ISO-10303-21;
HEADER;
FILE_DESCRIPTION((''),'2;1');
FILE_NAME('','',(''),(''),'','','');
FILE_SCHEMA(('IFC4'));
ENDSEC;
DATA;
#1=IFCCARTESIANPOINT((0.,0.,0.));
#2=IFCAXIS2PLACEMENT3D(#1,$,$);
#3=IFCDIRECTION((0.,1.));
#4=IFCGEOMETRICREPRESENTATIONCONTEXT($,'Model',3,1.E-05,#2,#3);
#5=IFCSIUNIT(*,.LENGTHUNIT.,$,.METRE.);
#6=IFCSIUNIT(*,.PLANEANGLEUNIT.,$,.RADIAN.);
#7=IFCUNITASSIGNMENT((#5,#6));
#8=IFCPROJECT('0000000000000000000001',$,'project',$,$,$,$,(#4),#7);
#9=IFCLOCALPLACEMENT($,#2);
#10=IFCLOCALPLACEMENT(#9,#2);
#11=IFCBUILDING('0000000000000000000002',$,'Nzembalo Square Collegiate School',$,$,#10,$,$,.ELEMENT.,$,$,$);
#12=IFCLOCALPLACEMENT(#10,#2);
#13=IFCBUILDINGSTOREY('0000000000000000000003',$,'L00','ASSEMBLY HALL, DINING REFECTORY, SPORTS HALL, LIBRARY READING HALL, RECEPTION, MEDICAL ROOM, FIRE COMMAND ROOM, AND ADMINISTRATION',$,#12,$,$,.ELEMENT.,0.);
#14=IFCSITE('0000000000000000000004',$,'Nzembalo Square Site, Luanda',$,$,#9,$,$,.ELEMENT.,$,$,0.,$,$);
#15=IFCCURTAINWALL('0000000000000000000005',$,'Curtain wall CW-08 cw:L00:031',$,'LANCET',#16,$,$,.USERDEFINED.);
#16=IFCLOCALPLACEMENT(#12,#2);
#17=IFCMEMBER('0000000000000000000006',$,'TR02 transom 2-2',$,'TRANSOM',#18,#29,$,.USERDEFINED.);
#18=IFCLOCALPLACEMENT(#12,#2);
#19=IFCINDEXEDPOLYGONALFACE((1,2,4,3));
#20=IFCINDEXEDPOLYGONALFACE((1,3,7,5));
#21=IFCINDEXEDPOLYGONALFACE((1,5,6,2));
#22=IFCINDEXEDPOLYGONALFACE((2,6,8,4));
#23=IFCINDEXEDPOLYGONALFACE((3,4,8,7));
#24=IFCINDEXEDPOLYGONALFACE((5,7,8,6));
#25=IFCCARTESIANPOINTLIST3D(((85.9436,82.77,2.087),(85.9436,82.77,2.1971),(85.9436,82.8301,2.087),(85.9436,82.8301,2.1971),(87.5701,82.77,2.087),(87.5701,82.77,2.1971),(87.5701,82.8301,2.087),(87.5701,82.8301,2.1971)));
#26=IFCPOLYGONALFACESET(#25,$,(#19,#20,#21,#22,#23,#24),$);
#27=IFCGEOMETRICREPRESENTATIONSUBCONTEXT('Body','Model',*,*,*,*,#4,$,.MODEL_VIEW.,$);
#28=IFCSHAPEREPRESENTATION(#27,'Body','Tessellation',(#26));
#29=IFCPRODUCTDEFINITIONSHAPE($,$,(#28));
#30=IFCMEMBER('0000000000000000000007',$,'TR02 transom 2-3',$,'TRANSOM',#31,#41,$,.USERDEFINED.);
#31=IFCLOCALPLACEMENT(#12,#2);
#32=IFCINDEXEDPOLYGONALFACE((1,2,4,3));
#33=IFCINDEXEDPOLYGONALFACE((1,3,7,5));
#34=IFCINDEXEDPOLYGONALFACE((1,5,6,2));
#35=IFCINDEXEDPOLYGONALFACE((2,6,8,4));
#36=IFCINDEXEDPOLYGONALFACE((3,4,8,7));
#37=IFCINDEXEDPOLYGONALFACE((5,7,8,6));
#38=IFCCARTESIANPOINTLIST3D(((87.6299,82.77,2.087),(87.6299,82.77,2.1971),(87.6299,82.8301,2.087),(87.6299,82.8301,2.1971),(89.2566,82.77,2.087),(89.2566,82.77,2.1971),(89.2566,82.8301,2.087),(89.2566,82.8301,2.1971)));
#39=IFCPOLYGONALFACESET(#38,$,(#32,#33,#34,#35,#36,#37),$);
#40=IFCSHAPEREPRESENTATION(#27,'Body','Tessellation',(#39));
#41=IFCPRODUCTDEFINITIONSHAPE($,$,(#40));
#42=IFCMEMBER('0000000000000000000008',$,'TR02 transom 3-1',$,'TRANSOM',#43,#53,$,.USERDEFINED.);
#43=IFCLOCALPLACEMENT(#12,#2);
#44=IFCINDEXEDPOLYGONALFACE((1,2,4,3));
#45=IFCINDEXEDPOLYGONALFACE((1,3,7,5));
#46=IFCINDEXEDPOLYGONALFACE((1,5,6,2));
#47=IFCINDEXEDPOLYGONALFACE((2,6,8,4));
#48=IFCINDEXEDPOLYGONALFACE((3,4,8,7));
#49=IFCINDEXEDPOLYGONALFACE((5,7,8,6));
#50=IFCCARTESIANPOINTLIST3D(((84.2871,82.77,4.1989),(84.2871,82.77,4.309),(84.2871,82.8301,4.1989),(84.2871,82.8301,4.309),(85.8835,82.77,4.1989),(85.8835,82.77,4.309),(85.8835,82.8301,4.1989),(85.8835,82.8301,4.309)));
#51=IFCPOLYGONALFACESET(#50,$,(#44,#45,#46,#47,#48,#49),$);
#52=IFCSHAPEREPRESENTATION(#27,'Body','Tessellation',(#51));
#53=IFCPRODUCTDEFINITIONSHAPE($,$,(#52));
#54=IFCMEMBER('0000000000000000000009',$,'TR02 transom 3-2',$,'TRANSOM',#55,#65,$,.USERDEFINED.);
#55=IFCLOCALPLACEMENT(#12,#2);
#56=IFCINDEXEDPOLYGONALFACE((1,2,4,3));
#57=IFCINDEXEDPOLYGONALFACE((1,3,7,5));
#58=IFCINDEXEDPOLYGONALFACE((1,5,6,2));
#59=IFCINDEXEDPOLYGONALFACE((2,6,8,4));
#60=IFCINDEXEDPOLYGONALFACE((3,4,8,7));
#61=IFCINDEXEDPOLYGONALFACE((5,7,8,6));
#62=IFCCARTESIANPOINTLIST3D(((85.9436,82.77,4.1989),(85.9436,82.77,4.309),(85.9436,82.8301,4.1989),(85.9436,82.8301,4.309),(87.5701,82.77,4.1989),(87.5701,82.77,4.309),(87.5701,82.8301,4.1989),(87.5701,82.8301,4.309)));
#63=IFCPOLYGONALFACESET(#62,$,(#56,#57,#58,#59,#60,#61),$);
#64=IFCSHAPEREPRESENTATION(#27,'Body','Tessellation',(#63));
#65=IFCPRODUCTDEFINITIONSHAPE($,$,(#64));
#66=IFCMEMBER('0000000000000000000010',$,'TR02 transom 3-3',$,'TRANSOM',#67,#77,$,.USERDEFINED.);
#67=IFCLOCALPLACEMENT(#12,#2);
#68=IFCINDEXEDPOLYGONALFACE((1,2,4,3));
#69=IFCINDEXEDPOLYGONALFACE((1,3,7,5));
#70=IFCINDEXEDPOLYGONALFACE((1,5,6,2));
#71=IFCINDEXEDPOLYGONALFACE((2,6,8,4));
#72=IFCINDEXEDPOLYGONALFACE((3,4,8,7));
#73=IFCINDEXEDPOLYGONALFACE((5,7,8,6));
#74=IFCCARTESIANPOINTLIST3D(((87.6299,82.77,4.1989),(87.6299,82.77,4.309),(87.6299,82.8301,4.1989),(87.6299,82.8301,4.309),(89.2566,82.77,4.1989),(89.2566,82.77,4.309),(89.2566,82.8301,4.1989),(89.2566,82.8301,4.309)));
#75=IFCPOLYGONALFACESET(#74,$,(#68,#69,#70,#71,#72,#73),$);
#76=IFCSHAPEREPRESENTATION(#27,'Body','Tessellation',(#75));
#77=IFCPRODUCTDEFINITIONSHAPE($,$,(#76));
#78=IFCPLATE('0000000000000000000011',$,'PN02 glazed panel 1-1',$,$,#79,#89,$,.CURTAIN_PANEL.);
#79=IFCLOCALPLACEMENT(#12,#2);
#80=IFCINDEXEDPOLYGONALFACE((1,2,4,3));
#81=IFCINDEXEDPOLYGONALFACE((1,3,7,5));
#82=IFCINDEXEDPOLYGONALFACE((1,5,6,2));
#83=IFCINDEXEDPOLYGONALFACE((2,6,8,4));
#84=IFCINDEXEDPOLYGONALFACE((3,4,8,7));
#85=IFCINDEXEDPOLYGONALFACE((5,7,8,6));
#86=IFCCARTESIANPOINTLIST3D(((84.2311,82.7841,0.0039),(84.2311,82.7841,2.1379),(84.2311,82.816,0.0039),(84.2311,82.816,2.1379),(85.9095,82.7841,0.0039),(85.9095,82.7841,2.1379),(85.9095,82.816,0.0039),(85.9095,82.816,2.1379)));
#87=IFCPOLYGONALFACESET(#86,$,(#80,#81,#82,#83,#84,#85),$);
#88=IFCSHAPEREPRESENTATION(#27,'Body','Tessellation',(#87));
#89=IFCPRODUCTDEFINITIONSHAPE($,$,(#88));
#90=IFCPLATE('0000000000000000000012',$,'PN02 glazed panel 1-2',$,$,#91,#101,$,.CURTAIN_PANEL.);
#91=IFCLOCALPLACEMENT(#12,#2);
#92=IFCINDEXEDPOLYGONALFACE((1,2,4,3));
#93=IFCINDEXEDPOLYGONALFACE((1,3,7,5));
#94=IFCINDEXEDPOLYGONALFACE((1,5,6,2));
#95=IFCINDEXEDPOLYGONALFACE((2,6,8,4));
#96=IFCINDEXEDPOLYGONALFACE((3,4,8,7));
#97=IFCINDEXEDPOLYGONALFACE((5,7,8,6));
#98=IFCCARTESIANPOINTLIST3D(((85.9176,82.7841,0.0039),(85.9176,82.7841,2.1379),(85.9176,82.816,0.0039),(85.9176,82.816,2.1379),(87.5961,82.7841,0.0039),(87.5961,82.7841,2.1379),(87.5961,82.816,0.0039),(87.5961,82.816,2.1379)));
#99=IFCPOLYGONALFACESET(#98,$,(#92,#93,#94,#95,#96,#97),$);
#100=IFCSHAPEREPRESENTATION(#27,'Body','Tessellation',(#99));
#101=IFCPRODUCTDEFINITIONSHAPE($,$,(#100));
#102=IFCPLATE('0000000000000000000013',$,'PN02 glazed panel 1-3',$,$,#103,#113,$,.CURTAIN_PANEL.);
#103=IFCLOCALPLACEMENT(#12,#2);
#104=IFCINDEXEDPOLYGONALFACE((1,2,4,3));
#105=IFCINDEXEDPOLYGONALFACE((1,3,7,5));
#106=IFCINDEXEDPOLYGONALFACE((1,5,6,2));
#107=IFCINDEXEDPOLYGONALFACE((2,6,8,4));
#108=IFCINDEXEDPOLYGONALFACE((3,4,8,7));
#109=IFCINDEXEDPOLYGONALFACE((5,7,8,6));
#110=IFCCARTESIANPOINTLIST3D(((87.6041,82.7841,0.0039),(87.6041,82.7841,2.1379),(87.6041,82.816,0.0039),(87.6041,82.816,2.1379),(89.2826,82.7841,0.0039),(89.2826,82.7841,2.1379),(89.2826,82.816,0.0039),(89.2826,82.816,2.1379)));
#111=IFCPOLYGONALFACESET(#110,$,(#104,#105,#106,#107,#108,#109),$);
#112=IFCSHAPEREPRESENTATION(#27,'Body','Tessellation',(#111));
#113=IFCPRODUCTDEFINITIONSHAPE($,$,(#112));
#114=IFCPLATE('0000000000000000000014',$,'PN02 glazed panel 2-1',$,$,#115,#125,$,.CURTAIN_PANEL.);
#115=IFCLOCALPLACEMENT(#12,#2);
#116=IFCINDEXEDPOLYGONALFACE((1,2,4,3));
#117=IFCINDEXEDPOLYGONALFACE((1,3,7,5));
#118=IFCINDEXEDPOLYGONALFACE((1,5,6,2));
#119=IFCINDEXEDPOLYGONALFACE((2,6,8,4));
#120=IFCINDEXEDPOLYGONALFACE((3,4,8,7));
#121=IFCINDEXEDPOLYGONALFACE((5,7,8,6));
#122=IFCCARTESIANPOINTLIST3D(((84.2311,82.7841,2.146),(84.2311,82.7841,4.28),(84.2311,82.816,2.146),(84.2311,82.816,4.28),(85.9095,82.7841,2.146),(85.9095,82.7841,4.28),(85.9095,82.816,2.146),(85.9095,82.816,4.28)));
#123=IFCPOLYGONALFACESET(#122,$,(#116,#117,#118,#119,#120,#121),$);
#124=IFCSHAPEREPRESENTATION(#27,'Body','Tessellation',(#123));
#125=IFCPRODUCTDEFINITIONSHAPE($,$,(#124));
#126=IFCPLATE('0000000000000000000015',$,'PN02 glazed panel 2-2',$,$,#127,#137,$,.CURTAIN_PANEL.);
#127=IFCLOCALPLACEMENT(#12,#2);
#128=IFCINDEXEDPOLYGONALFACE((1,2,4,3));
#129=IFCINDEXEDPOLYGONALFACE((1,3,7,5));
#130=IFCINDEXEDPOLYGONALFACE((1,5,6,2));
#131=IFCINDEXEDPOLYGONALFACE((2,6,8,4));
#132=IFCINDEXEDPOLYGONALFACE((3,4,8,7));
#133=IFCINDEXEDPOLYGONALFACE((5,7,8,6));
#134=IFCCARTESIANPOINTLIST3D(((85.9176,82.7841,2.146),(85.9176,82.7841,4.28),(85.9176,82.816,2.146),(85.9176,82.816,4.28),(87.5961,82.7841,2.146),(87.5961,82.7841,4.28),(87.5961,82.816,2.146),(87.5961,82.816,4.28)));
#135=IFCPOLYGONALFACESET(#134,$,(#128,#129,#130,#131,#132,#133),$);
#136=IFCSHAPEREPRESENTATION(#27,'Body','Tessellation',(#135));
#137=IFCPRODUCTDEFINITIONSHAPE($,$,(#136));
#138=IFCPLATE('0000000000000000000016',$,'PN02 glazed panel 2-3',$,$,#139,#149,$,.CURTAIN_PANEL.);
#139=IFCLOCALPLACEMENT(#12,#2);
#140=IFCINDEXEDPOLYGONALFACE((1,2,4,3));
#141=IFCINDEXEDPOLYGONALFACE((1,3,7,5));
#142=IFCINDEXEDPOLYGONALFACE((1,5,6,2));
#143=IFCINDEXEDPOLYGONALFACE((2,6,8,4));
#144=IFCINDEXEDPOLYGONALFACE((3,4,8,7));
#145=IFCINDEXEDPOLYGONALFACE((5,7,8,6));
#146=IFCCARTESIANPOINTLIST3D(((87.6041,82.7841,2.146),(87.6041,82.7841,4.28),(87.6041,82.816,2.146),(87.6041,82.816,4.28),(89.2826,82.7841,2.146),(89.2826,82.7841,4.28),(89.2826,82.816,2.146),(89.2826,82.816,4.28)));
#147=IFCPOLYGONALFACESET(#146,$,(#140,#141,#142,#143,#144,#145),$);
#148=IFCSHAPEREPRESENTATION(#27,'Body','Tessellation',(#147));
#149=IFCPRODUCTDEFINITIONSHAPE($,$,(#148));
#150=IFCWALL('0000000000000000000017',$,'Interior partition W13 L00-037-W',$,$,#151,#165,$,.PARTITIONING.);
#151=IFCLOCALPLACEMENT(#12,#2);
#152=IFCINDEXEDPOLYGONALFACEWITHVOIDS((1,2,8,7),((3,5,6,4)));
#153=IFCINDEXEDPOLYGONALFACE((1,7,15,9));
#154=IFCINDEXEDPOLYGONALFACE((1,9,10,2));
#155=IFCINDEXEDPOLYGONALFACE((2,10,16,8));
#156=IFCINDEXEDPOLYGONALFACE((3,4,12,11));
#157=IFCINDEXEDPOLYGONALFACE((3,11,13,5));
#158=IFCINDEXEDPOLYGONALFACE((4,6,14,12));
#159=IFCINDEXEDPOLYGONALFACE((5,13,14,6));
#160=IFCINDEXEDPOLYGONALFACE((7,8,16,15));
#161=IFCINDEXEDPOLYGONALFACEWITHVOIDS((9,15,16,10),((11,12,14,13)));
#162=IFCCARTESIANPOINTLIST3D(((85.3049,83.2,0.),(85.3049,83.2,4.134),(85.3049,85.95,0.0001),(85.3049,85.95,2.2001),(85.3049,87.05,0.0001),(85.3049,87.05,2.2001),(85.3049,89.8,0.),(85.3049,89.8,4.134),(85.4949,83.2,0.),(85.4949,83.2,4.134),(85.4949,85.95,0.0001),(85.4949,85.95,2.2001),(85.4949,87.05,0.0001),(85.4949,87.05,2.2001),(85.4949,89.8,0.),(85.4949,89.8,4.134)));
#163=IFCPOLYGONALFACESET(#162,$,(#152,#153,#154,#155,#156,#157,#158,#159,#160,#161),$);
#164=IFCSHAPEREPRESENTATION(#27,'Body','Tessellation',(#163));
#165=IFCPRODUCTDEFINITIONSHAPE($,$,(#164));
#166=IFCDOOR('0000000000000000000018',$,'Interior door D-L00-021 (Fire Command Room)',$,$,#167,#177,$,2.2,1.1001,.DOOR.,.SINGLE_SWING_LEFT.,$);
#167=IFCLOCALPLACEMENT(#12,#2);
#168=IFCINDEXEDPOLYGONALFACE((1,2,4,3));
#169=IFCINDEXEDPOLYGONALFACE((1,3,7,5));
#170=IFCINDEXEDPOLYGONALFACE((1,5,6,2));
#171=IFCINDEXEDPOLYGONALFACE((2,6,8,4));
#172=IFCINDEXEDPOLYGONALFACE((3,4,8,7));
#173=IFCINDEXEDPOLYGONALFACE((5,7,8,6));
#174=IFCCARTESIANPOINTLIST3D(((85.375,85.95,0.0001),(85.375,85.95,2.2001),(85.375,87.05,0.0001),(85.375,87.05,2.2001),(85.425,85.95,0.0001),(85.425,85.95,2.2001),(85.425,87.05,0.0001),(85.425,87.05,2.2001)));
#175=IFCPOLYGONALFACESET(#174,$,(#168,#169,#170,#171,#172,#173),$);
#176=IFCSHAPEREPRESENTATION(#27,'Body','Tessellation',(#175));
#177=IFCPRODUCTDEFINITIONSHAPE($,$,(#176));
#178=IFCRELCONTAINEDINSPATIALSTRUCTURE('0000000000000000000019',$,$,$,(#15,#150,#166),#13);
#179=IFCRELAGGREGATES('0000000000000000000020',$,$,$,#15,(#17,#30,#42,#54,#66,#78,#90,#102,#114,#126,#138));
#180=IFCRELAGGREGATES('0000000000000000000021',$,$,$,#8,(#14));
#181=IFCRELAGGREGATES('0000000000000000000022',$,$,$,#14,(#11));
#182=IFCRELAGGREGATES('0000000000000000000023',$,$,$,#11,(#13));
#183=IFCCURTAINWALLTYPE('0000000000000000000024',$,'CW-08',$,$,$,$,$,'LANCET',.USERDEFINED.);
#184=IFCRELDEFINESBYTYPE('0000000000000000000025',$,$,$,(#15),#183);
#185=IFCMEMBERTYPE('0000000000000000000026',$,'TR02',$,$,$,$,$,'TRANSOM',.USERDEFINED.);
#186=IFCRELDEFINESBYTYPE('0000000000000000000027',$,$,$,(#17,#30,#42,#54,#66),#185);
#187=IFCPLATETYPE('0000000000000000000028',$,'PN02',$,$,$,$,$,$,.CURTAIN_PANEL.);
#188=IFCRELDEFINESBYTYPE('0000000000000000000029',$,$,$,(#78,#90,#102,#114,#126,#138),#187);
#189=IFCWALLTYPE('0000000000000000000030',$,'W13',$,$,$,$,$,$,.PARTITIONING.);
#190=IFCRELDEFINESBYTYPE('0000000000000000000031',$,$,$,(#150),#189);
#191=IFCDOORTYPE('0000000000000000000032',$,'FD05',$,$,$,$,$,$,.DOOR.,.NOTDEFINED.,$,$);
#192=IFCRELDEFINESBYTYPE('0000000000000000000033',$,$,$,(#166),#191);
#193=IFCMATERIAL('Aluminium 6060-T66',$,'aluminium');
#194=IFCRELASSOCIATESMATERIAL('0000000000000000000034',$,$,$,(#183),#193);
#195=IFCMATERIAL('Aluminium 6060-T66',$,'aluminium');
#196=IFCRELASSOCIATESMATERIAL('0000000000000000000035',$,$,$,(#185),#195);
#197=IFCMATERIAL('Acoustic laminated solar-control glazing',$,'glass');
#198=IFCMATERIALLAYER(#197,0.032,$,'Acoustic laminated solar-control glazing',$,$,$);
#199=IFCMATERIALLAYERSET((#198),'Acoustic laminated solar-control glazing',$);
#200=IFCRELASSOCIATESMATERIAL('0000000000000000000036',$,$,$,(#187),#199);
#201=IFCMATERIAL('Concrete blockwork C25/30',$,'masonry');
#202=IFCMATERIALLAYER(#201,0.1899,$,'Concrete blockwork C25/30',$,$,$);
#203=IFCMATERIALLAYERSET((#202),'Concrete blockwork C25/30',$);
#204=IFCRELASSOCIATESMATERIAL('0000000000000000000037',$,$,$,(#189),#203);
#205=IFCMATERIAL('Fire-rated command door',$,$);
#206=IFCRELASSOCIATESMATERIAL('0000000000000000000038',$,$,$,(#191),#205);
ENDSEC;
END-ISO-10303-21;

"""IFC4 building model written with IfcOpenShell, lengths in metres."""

from ifc_helpers import new_model, si_unit, direction, frame, frame_2d, origin, origin_2d, place, context, subcontext, project, spatial, rectangle, extrude, material, layer, layer_set, material_profile, profile_set, type_object, element, fill, aggregate, save


model = new_model("IFC4")

# Units and contexts
model_context = context("Model", 3, precision=1e-05, world=origin(), true_north=direction((0.0, 1.0)))
body_context = subcontext(model_context, "Body", "Model", "MODEL_VIEW")
ifc_project = project(units=[si_unit("LENGTHUNIT", "METRE"), si_unit("PLANEANGLEUNIT", "RADIAN")], contexts=[model_context])

# Site, building, storey
site_placement = place(None, origin())
site = spatial("IfcSite", under=ifc_project, at=site_placement, Name="Nzembalo Square Site, Luanda", CompositionType="ELEMENT", RefElevation=0.0)
building_placement = place(site_placement, origin())
building = spatial("IfcBuilding", under=site, at=building_placement, Name="Nzembalo Square Collegiate School", CompositionType="ELEMENT")
storey_placement = place(building_placement, origin())
storey = spatial("IfcBuildingStorey", under=building, at=storey_placement, Name="L00", Description="ASSEMBLY HALL, DINING REFECTORY, SPORTS HALL, LIBRARY READING HALL, RECEPTION, MEDICAL ROOM, FIRE COMMAND ROOM, AND ADMINISTRATION", CompositionType="ELEMENT", Elevation=0.0)

# Curtain wall, members, plates
ifc_material_1 = material(Name="Aluminium 6060-T66", Category="aluminium")
curtain_wall_type = type_object("IfcCurtainWallType", Name="CW-08", ElementType="LANCET", PredefinedType="USERDEFINED", material=ifc_material_1)
curtain_wall_placement = place(storey_placement, origin())
curtain_wall = element("IfcCurtainWall", 1, at=curtain_wall_placement, inside=storey, type_object=curtain_wall_type, Name="Curtain wall CW-08 cw:L00:031", ObjectType="LANCET", PredefinedType="USERDEFINED")
ifc_material_2 = material(Name="Aluminium 6060-T66", Category="aluminium")
ifc_material_profile_1 = material_profile(ifc_material_2, rectangle(XDim=0.0601, YDim=0.1101, at=origin_2d()), Name="ALU T60x110")
ifc_profile_set_1 = profile_set([ifc_material_profile_1], Name="Aluminium 6060-T66")
member_type_1 = type_object("IfcMemberType", Name="TR02", ElementType="TRANSOM", PredefinedType="USERDEFINED", material=ifc_profile_set_1)
member_1_placement = place(storey_placement, frame((85.9436, 82.8, 2.1421), z_axis=(1.0, 0.0, 0.0), x_axis=(0.0, 1.0, 0.0)))
member_1 = element("IfcMember", 2, at=member_1_placement, type_object=member_type_1, Name="TR02 transom 2-2", ObjectType="TRANSOM", PredefinedType="USERDEFINED", context=body_context, shape_type="SweptSolid", body=[
    extrude(rectangle(XDim=0.0601, YDim=0.1101, at=origin_2d()), origin(), (0.0, 0.0, 1.0), 1.6265),
])
member_2_placement = place(storey_placement, frame((87.6299, 82.8, 2.1421), z_axis=(1.0, 0.0, 0.0), x_axis=(0.0, 1.0, 0.0)))
member_2 = element("IfcMember", 3, at=member_2_placement, type_object=member_type_1, Name="TR02 transom 2-3", ObjectType="TRANSOM", PredefinedType="USERDEFINED", context=body_context, shape_type="SweptSolid", body=[
    extrude(rectangle(XDim=0.0601, YDim=0.1101, at=origin_2d()), origin(), (0.0, 0.0, 1.0), 1.6267),
])
member_3_placement = place(storey_placement, frame((84.2871, 82.8, 4.2539), z_axis=(1.0, 0.0, 0.0), x_axis=(0.0, 1.0, 0.0)))
member_3 = element("IfcMember", 4, at=member_3_placement, type_object=member_type_1, Name="TR02 transom 3-1", ObjectType="TRANSOM", PredefinedType="USERDEFINED", context=body_context, shape_type="SweptSolid", body=[
    extrude(rectangle(XDim=0.0601, YDim=0.1101, at=origin_2d()), origin(), (0.0, 0.0, 1.0), 1.5964),
])
member_4_placement = place(storey_placement, frame((85.9436, 82.8, 4.2539), z_axis=(1.0, 0.0, 0.0), x_axis=(0.0, 1.0, 0.0)))
member_4 = element("IfcMember", 5, at=member_4_placement, type_object=member_type_1, Name="TR02 transom 3-2", ObjectType="TRANSOM", PredefinedType="USERDEFINED", context=body_context, shape_type="SweptSolid", body=[
    extrude(rectangle(XDim=0.0601, YDim=0.1101, at=origin_2d()), origin(), (0.0, 0.0, 1.0), 1.6265),
])
member_5_placement = place(storey_placement, frame((87.6299, 82.8, 4.2539), z_axis=(1.0, 0.0, 0.0), x_axis=(0.0, 1.0, 0.0)))
member_5 = element("IfcMember", 6, at=member_5_placement, type_object=member_type_1, Name="TR02 transom 3-3", ObjectType="TRANSOM", PredefinedType="USERDEFINED", context=body_context, shape_type="SweptSolid", body=[
    extrude(rectangle(XDim=0.0601, YDim=0.1101, at=origin_2d()), origin(), (0.0, 0.0, 1.0), 1.6267),
])
ifc_material_3 = material(Name="Acoustic laminated solar-control glazing", Category="glass")
ifc_layer_1 = layer(ifc_material_3, 0.032, Name="Acoustic laminated solar-control glazing")
ifc_layer_set_1 = layer_set([ifc_layer_1], Name="Acoustic laminated solar-control glazing")
plate_type = type_object("IfcPlateType", Name="PN02", PredefinedType="CURTAIN_PANEL", material=ifc_layer_set_1)
plate_1_placement = place(storey_placement, frame((85.0703, 82.8, 0.0039), z_axis=(0.0, 0.0, 1.0), x_axis=(1.0, 0.0, 0.0)))
plate_1 = element("IfcPlate", 7, at=plate_1_placement, type_object=plate_type, Name="PN02 glazed panel 1-1", PredefinedType="CURTAIN_PANEL", context=body_context, shape_type="SweptSolid", body=[
    extrude(rectangle(XDim=1.6785, YDim=0.032, at=origin_2d()), origin(), (0.0, 0.0, 1.0), 2.134),
])
plate_2_placement = place(storey_placement, frame((86.7568, 82.8, 0.0039), z_axis=(0.0, 0.0, 1.0), x_axis=(1.0, 0.0, 0.0)))
plate_2 = element("IfcPlate", 8, at=plate_2_placement, type_object=plate_type, Name="PN02 glazed panel 1-2", PredefinedType="CURTAIN_PANEL", context=body_context, shape_type="SweptSolid", body=[
    extrude(rectangle(XDim=1.6785, YDim=0.032, at=origin_2d()), origin(), (0.0, 0.0, 1.0), 2.134),
])
plate_3_placement = place(storey_placement, frame((88.4434, 82.8, 0.0039), z_axis=(0.0, 0.0, 1.0), x_axis=(1.0, 0.0, 0.0)))
plate_3 = element("IfcPlate", 9, at=plate_3_placement, type_object=plate_type, Name="PN02 glazed panel 1-3", PredefinedType="CURTAIN_PANEL", context=body_context, shape_type="SweptSolid", body=[
    extrude(rectangle(XDim=1.6785, YDim=0.032, at=origin_2d()), origin(), (0.0, 0.0, 1.0), 2.134),
])
plate_4_placement = place(storey_placement, frame((85.0703, 82.8, 2.146), z_axis=(0.0, 0.0, 1.0), x_axis=(1.0, 0.0, 0.0)))
plate_4 = element("IfcPlate", 10, at=plate_4_placement, type_object=plate_type, Name="PN02 glazed panel 2-1", PredefinedType="CURTAIN_PANEL", context=body_context, shape_type="SweptSolid", body=[
    extrude(rectangle(XDim=1.6785, YDim=0.032, at=origin_2d()), origin(), (0.0, 0.0, 1.0), 2.134),
])
plate_5_placement = place(storey_placement, frame((86.7568, 82.8, 2.146), z_axis=(0.0, 0.0, 1.0), x_axis=(1.0, 0.0, 0.0)))
plate_5 = element("IfcPlate", 11, at=plate_5_placement, type_object=plate_type, Name="PN02 glazed panel 2-2", PredefinedType="CURTAIN_PANEL", context=body_context, shape_type="SweptSolid", body=[
    extrude(rectangle(XDim=1.6785, YDim=0.032, at=origin_2d()), origin(), (0.0, 0.0, 1.0), 2.134),
])
plate_6_placement = place(storey_placement, frame((88.4434, 82.8, 2.146), z_axis=(0.0, 0.0, 1.0), x_axis=(1.0, 0.0, 0.0)))
plate_6 = element("IfcPlate", 12, at=plate_6_placement, type_object=plate_type, Name="PN02 glazed panel 2-3", PredefinedType="CURTAIN_PANEL", context=body_context, shape_type="SweptSolid", body=[
    extrude(rectangle(XDim=1.6785, YDim=0.032, at=origin_2d()), origin(), (0.0, 0.0, 1.0), 2.134),
])
aggregate(curtain_wall, [member_1, member_2, member_3, member_4, member_5, plate_1, plate_2, plate_3, plate_4, plate_5, plate_6])

# Wall, opening, door
ifc_material_4 = material(Name="Concrete blockwork C25/30", Category="masonry")
ifc_layer_2 = layer(ifc_material_4, 0.1899, Name="Concrete blockwork C25/30")
ifc_layer_set_2 = layer_set([ifc_layer_2], Name="Concrete blockwork C25/30")
wall_type = type_object("IfcWallType", Name="W13", PredefinedType="PARTITIONING", material=ifc_layer_set_2)
wall_placement = place(storey_placement, frame((85.3999, 83.2, 0.0), z_axis=(0.0, 0.0, 1.0), x_axis=(0.0, 1.0, 0.0)))
wall = element("IfcWall", 13, at=wall_placement, inside=storey, type_object=wall_type, Name="Interior partition W13 L00-037-W", PredefinedType="PARTITIONING", context=body_context, shape_type="SweptSolid", body=[
    extrude(rectangle(XDim=6.6001, YDim=0.1899, at=frame_2d((3.3, 0.0))), origin(), (0.0, 0.0, 1.0), 4.134),
])
opening_placement = place(wall_placement, frame((2.75, 0.0, 0.0)))
opening = element("IfcOpeningElement", 14, at=opening_placement, cuts=wall, PredefinedType="OPENING", context=body_context, shape_type="SweptSolid", body=[
    extrude(rectangle(XDim=1.1001, YDim=2.2, at=frame_2d((0.55, 1.1001))), frame((0.0, 0.105, 0.0), z_axis=(0.0, -1.0, 0.0), x_axis=(1.0, 0.0, 0.0)), (0.0, 0.0, 1.0), 0.21),
])
ifc_material_5 = material(Name="Fire-rated command door")
door_type = type_object("IfcDoorType", Name="FD05", OperationType="NOTDEFINED", PredefinedType="DOOR", material=ifc_material_5)
door_placement = place(opening_placement, origin())
door = element("IfcDoor", 15, at=door_placement, inside=storey, type_object=door_type, Name="Interior door D-L00-021 (Fire Command Room)", OperationType="SINGLE_SWING_LEFT", OverallHeight=2.2, OverallWidth=1.1001, PredefinedType="DOOR", context=body_context, shape_type="SweptSolid", body=[
    extrude(rectangle(XDim=1.1001, YDim=2.2, at=frame_2d((0.55, 1.1001))), frame((0.0, 0.0249, 0.0), z_axis=(0.0, -1.0, 0.0), x_axis=(1.0, 0.0, 0.0)), (0.0, 0.0, 1.0), 0.05),
])
fill(opening, door)

save(model, "model.ifc")
